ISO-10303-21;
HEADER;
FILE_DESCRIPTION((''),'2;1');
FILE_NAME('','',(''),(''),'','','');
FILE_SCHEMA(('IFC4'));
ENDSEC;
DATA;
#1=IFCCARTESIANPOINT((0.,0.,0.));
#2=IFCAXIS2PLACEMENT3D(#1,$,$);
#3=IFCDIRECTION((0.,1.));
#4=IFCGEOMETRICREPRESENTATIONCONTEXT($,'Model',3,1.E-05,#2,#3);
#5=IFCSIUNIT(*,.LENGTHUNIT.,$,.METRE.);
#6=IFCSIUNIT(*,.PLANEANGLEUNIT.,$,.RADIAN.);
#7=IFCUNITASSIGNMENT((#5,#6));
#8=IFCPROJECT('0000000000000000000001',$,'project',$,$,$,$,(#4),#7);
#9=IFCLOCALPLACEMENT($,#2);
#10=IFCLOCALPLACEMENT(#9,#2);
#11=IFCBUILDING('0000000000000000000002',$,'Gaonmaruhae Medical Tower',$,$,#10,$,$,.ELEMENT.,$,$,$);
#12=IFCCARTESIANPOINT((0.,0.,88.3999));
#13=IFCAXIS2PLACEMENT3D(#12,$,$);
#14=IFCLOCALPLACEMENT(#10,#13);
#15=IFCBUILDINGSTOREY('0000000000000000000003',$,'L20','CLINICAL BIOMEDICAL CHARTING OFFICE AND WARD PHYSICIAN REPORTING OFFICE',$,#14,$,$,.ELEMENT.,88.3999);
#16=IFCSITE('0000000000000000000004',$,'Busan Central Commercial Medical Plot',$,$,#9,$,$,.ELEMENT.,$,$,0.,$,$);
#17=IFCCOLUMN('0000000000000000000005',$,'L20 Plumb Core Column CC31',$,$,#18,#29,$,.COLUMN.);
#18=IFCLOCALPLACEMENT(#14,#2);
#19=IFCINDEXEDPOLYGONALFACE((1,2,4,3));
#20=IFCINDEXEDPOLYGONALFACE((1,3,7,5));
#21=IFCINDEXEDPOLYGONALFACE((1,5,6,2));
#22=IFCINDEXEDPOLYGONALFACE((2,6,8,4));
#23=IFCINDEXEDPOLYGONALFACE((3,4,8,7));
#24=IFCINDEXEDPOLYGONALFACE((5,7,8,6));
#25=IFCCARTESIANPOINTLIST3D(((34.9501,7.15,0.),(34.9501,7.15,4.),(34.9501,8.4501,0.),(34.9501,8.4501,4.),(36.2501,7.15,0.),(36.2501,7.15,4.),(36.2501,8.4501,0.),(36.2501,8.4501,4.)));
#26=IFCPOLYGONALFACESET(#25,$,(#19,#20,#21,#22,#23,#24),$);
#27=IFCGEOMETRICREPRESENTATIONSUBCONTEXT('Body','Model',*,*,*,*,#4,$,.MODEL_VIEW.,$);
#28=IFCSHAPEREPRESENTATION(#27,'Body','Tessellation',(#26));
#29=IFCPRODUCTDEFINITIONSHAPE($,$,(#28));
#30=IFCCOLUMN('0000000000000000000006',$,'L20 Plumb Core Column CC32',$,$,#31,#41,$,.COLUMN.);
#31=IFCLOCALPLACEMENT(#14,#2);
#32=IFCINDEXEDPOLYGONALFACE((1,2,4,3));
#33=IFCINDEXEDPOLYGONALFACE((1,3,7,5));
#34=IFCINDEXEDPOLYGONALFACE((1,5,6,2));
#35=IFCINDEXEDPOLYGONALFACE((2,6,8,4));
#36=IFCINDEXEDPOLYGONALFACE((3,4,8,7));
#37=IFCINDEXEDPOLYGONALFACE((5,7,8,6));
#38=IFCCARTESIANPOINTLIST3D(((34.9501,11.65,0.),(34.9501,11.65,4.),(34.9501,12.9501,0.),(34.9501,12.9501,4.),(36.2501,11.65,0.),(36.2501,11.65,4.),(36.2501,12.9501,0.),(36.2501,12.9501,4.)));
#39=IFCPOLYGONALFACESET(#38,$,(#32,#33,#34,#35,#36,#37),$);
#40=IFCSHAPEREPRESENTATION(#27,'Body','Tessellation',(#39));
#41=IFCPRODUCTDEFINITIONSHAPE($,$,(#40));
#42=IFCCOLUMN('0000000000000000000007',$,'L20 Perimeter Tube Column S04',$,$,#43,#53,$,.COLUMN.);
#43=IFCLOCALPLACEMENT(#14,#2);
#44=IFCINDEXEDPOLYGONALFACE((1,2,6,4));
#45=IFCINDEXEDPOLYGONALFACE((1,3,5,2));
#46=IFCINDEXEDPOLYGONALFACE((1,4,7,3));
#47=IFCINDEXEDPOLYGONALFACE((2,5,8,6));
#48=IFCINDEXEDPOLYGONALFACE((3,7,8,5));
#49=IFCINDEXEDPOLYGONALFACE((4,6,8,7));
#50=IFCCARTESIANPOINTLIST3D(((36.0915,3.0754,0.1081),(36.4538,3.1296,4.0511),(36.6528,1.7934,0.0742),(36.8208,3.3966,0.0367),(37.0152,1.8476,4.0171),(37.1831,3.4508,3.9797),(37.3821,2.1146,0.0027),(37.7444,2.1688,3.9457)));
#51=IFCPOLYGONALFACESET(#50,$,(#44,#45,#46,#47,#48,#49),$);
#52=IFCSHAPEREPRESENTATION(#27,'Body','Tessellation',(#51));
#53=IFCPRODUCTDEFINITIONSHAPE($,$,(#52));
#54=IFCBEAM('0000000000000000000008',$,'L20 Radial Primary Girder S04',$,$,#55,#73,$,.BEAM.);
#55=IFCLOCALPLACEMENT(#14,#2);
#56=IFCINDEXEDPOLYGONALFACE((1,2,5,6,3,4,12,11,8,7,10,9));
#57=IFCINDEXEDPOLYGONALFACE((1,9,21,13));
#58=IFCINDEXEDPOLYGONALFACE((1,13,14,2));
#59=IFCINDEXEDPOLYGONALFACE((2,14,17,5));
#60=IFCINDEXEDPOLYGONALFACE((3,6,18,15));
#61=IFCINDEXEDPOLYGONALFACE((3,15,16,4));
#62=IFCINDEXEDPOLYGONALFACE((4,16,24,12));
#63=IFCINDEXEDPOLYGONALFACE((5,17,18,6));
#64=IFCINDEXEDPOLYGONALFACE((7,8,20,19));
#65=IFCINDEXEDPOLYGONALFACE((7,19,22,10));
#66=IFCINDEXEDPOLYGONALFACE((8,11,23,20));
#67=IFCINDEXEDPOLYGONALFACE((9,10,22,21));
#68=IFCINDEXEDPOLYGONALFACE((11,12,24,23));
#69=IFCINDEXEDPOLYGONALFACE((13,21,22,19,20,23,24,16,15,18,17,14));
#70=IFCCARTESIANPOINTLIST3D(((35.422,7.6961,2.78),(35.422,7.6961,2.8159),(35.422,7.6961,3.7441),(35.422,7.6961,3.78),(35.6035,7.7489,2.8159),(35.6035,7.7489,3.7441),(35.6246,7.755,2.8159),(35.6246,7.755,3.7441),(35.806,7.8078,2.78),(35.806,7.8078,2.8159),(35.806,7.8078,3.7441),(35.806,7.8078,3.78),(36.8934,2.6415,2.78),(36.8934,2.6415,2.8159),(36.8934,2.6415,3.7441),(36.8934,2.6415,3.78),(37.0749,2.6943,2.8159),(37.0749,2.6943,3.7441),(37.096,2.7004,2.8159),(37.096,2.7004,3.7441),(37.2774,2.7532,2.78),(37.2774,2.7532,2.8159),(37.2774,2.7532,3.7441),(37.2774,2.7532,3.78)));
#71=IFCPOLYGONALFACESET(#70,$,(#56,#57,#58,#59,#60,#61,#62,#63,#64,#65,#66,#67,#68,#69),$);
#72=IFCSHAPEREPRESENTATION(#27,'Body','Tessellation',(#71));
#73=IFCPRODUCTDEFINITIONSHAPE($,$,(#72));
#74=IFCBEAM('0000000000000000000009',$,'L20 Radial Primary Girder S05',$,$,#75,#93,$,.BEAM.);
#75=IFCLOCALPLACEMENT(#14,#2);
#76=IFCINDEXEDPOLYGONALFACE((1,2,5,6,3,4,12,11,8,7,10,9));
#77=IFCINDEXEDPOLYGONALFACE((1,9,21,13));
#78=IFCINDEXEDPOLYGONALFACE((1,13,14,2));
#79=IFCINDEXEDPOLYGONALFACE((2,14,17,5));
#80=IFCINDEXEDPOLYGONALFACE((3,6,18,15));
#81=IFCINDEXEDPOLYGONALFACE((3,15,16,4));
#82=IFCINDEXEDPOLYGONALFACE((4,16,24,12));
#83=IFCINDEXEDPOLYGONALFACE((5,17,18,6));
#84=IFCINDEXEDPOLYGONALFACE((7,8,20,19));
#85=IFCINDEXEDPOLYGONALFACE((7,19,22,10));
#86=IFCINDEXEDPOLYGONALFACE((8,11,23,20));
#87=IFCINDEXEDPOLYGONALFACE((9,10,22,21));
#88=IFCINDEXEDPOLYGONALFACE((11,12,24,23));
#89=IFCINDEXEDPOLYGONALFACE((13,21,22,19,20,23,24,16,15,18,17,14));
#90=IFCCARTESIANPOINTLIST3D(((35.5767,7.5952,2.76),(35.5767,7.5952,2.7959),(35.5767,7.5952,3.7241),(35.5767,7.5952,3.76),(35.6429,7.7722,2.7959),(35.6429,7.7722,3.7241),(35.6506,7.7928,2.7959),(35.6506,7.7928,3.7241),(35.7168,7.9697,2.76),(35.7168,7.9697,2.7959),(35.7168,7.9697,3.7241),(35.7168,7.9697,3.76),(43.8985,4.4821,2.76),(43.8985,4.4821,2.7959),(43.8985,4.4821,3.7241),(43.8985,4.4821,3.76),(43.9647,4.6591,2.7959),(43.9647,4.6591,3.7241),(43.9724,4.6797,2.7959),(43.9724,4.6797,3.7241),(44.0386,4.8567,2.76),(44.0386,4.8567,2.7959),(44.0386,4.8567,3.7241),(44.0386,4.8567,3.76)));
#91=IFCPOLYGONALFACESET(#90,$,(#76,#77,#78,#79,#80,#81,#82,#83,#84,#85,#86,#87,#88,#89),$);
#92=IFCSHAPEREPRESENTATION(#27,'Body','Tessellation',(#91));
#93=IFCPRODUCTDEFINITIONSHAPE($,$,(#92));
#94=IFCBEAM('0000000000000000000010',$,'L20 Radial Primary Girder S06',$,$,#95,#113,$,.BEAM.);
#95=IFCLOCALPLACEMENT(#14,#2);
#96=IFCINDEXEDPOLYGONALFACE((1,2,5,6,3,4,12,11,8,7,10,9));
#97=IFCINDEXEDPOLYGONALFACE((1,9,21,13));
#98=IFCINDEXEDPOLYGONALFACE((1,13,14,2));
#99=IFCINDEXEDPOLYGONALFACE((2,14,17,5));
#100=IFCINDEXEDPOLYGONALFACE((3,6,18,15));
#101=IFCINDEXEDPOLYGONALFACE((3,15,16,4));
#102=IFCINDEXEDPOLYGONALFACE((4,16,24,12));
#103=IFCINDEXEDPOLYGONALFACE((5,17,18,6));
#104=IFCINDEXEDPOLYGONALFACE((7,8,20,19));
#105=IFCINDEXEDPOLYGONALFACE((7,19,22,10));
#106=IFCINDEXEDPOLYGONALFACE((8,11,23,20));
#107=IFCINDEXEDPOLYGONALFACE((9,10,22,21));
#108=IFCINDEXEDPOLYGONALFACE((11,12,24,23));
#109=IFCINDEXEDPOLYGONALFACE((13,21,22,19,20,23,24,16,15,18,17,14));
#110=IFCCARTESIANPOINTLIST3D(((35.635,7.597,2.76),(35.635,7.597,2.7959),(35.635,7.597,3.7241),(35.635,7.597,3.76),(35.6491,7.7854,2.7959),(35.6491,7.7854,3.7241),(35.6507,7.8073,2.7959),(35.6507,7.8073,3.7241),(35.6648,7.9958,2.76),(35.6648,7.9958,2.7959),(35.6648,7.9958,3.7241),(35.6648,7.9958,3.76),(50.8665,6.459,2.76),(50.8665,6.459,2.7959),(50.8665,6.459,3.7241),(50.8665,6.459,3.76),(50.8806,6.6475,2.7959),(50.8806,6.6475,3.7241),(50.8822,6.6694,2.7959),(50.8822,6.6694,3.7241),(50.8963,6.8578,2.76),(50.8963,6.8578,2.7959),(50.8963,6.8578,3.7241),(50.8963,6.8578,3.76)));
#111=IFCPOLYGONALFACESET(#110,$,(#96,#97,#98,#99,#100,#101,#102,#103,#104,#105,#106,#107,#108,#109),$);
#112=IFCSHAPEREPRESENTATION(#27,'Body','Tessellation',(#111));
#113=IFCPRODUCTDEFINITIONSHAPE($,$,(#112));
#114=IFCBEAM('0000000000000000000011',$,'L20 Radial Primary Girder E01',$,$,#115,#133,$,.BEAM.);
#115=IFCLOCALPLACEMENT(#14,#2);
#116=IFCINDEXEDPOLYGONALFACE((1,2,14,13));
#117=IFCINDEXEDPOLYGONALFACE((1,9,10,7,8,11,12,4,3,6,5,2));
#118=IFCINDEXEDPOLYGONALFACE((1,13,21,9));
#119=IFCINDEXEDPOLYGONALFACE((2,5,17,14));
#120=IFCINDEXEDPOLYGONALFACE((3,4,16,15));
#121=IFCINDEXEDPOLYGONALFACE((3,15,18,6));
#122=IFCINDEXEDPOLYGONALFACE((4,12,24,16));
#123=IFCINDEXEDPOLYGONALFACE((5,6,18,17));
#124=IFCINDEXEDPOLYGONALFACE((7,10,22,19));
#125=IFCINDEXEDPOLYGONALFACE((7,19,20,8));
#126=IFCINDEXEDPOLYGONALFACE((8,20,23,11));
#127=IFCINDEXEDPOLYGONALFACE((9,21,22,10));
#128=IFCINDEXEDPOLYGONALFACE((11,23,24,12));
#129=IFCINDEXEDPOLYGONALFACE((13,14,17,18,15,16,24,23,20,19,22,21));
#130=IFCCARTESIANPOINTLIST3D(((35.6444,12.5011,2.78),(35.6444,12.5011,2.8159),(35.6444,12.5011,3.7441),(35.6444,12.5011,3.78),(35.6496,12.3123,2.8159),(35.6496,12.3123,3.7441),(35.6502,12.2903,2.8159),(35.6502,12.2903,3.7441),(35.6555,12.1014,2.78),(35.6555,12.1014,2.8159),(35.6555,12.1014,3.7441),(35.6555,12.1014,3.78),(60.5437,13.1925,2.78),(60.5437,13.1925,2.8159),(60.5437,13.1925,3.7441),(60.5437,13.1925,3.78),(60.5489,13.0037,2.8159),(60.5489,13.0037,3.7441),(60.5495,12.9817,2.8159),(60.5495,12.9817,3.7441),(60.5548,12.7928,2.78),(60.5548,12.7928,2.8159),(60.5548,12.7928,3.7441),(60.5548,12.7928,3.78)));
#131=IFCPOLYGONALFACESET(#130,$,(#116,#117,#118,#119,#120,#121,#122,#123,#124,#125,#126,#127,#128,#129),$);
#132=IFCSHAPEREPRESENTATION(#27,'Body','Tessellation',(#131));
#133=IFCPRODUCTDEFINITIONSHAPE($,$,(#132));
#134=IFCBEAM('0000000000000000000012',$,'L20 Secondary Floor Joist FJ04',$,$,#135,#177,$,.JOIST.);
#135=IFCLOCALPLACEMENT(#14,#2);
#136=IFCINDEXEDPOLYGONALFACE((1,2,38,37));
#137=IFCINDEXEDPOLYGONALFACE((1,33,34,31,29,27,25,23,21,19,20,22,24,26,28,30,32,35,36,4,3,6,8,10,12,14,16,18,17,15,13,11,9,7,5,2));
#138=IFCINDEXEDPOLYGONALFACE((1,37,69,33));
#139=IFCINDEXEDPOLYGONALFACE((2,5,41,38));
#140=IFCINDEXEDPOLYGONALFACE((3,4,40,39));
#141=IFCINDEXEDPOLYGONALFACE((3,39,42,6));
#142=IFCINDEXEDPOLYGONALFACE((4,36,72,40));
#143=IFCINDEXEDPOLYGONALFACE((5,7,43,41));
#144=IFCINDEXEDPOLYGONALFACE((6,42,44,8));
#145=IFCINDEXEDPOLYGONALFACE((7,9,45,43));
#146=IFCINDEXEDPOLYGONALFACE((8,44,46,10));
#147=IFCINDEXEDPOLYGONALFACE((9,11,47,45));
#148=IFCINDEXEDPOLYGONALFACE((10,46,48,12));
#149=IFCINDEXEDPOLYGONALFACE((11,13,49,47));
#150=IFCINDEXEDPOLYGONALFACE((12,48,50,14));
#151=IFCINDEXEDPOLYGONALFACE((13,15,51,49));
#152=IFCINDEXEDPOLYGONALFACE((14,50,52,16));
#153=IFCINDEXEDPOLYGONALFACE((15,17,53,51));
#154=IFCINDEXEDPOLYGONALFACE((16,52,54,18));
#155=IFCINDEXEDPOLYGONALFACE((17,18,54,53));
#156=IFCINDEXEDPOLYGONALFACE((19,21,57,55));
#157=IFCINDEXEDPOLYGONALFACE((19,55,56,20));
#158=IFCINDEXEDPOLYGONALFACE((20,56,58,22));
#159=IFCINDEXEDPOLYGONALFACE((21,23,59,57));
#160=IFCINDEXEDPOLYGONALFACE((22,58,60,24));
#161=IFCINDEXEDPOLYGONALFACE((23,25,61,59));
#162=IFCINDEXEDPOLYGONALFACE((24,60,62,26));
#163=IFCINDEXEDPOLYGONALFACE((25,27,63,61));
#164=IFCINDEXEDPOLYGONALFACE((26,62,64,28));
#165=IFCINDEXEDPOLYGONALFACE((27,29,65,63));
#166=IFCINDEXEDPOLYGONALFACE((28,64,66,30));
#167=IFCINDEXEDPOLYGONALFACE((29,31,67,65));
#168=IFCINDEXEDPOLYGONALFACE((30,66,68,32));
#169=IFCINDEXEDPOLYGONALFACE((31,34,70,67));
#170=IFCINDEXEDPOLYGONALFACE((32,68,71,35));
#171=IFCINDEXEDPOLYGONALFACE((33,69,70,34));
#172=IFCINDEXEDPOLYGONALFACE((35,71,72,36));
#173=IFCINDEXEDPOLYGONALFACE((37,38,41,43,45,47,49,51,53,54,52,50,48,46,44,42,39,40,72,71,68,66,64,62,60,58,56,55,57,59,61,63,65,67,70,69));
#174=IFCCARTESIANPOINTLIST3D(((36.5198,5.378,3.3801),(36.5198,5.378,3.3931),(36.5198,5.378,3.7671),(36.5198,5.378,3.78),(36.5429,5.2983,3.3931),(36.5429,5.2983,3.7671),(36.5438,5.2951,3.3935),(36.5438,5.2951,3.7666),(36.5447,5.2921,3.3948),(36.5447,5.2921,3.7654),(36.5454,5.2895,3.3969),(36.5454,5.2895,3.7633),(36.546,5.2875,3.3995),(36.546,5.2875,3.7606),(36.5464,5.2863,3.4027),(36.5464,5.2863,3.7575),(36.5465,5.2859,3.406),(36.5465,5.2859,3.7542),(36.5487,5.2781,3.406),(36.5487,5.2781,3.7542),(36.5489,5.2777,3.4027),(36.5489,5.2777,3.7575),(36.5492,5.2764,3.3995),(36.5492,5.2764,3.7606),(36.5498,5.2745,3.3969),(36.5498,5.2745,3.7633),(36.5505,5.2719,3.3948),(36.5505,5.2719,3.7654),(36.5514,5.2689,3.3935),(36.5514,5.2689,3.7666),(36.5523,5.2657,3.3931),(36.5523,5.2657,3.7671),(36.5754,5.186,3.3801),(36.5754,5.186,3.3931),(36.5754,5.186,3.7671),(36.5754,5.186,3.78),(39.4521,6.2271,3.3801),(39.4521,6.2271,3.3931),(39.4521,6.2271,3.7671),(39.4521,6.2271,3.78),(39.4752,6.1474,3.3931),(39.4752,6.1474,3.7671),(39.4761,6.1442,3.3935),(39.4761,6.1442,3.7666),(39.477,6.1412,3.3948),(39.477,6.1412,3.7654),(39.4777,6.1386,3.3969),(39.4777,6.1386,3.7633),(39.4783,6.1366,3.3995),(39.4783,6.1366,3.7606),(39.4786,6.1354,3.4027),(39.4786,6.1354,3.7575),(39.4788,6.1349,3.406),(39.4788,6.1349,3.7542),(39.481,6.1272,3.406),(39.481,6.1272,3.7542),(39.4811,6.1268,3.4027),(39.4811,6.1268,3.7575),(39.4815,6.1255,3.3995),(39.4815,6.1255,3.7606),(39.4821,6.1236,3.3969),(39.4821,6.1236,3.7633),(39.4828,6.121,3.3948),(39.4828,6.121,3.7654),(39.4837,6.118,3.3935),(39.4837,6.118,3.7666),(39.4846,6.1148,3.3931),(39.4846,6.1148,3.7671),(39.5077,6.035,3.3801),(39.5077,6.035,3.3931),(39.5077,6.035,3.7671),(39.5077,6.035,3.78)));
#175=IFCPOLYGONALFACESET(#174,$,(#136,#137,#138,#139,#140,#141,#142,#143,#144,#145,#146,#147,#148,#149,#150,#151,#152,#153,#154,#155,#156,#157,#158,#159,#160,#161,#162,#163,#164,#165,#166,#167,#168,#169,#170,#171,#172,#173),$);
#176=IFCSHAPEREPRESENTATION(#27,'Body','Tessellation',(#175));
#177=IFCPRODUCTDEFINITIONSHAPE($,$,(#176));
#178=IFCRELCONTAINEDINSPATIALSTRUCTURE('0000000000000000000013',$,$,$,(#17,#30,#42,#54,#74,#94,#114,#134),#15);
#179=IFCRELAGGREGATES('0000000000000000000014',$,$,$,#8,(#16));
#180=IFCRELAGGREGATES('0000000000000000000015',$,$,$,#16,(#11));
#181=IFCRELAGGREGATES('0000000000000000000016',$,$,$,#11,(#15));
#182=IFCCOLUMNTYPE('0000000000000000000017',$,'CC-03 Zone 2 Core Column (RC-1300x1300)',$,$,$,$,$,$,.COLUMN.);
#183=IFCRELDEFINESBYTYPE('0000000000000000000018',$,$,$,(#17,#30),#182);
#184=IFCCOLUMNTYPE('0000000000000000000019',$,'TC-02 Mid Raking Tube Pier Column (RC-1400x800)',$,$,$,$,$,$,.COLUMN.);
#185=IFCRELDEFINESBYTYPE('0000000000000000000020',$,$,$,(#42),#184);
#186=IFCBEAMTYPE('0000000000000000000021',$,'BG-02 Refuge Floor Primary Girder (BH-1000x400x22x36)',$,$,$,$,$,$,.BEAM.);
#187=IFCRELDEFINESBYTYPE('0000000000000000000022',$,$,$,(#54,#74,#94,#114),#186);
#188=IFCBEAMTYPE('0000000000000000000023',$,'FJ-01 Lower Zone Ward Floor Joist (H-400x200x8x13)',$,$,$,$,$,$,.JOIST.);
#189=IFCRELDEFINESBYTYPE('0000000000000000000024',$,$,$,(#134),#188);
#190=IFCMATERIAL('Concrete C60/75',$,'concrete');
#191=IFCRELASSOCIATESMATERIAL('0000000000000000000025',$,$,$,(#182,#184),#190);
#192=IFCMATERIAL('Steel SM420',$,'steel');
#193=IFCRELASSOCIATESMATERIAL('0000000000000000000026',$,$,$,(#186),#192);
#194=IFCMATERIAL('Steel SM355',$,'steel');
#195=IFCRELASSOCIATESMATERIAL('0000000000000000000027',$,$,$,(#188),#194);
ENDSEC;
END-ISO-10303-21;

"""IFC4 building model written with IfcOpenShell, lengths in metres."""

from ifc_helpers import new_model, si_unit, direction, frame, origin, origin_2d, place, context, subcontext, project, spatial, rectangle, i_section, extrude, material, material_profile, profile_set, type_object, element, save


model = new_model("IFC4")

# Units and contexts
model_context = context("Model", 3, precision=1e-05, world=origin(), true_north=direction((0.0, 1.0)))
body_context = subcontext(model_context, "Body", "Model", "MODEL_VIEW")
ifc_project = project(units=[si_unit("LENGTHUNIT", "METRE"), si_unit("PLANEANGLEUNIT", "RADIAN")], contexts=[model_context])

# Site, building, storey
site_placement = place(None, origin())
site = spatial("IfcSite", under=ifc_project, at=site_placement, Name="Busan Central Commercial Medical Plot", CompositionType="ELEMENT", RefElevation=0.0)
building_placement = place(site_placement, origin())
building = spatial("IfcBuilding", under=site, at=building_placement, Name="Gaonmaruhae Medical Tower", CompositionType="ELEMENT")
storey_placement = place(building_placement, frame((0.0, 0.0, 88.3999)))
storey = spatial("IfcBuildingStorey", under=building, at=storey_placement, Name="L20", Description="CLINICAL BIOMEDICAL CHARTING OFFICE AND WARD PHYSICIAN REPORTING OFFICE", CompositionType="ELEMENT", Elevation=88.3999)

# Columns
ifc_material_1 = material(Name="Concrete C60/75", Category="concrete")
ifc_material_profile_1 = material_profile(ifc_material_1, rectangle(XDim=1.3, YDim=1.3, at=origin_2d()), Name="RC-1300x1300")
ifc_profile_set_1 = profile_set([ifc_material_profile_1], Name="Concrete C60/75")
column_type_1 = type_object("IfcColumnType", Name="CC-03 Zone 2 Core Column (RC-1300x1300)", PredefinedType="COLUMN", material=ifc_profile_set_1)
for number, where, z_axis, x_axis, name in (
    (1, (35.6001, 7.8, 0.0), (0.0, 0.0, 1.0), (1.0, 0.0, 0.0), "L20 Plumb Core Column CC31"),
    (2, (35.6001, 12.3, 0.0), (0.0, 0.0, 1.0), (1.0, 0.0, 0.0), "L20 Plumb Core Column CC32"),
):
    element("IfcColumn", number, at=place(storey_placement, frame(where, z_axis=z_axis, x_axis=x_axis)), inside=storey, type_object=column_type_1, Name=name, PredefinedType="COLUMN", context=body_context, shape_type="SweptSolid", body=[
        extrude(rectangle(XDim=1.3, YDim=1.3, at=origin_2d()), origin(), (0.0, 0.0, 1.0), 4.0),
    ])
ifc_material_profile_2 = material_profile(ifc_material_1, rectangle(XDim=1.3999, YDim=0.8, at=origin_2d()), Name="RC-1400x800")
ifc_profile_set_2 = profile_set([ifc_material_profile_2], Name="Concrete C60/75")
column_type_2 = type_object("IfcColumnType", Name="TC-02 Mid Raking Tube Pier Column (RC-1400x800)", PredefinedType="COLUMN", material=ifc_profile_set_2)
column_placement = place(storey_placement, frame((36.7368, 2.595, 0.0554), z_axis=(0.091494, 0.013687, 0.995712), x_axis=(-0.400965, 0.915772, 0.024256)))
element("IfcColumn", 3, at=column_placement, inside=storey, type_object=column_type_2, Name="L20 Perimeter Tube Column S04", PredefinedType="COLUMN", context=body_context, shape_type="SweptSolid", body=[
    extrude(rectangle(XDim=1.3999, YDim=0.8, at=origin_2d()), origin(), (0.0, 0.0, 1.0), 3.96),
])

# Beams
ifc_material_2 = material(Name="Steel SM420", Category="steel")
ifc_material_profile_3 = material_profile(ifc_material_2, i_section(OverallWidth=0.3999, OverallDepth=1.0, WebThickness=0.022, FlangeThickness=0.0359, at=origin_2d()), Name="BH-1000x400x22x36")
ifc_profile_set_3 = profile_set([ifc_material_profile_3], Name="Steel SM420")
beam_type_1 = type_object("IfcBeamType", Name="BG-02 Refuge Floor Primary Girder (BH-1000x400x22x36)", PredefinedType="BEAM", material=ifc_profile_set_3)
beam_1_placement = place(storey_placement, frame((35.614, 7.752, 3.28), z_axis=(0.279501, -0.960145, 0.0), x_axis=(0.960145, 0.279501, 0.0)))
element("IfcBeam", 4, at=beam_1_placement, inside=storey, type_object=beam_type_1, Name="L20 Radial Primary Girder S04", PredefinedType="BEAM", context=body_context, shape_type="SweptSolid", body=[
    extrude(i_section(OverallWidth=0.3999, OverallDepth=1.0, WebThickness=0.022, FlangeThickness=0.0359, at=origin_2d()), origin(), (0.0, 0.0, 1.0), 5.2644),
])
beam_2_placement = place(storey_placement, frame((35.6467, 7.7825, 3.26), z_axis=(0.936611, -0.350371, 0.0), x_axis=(0.350371, 0.936611, 0.0)))
element("IfcBeam", 5, at=beam_2_placement, inside=storey, type_object=beam_type_1, Name="L20 Radial Primary Girder S05", PredefinedType="BEAM", context=body_context, shape_type="SweptSolid", body=[
    extrude(i_section(OverallWidth=0.3999, OverallDepth=1.0, WebThickness=0.022, FlangeThickness=0.0359, at=origin_2d()), origin(), (0.0, 0.0, 1.0), 8.885),
])
beam_3_placement = place(storey_placement, frame((35.6499, 7.7964, 3.26), z_axis=(0.997221, -0.074502, 0.0), x_axis=(0.074502, 0.997221, 0.0)))
element("IfcBeam", 6, at=beam_3_placement, inside=storey, type_object=beam_type_1, Name="L20 Radial Primary Girder S06", PredefinedType="BEAM", context=body_context, shape_type="SweptSolid", body=[
    extrude(i_section(OverallWidth=0.3999, OverallDepth=1.0, WebThickness=0.022, FlangeThickness=0.0359, at=origin_2d()), origin(), (0.0, 0.0, 1.0), 15.2739),
])
beam_4_placement = place(storey_placement, frame((35.6499, 12.3013, 3.28), z_axis=(0.999615, 0.027757, 0.0), x_axis=(-0.027757, 0.999615, 0.0)))
element("IfcBeam", 7, at=beam_4_placement, inside=storey, type_object=beam_type_1, Name="L20 Radial Primary Girder E01", PredefinedType="BEAM", context=body_context, shape_type="SweptSolid", body=[
    extrude(i_section(OverallWidth=0.3999, OverallDepth=1.0, WebThickness=0.022, FlangeThickness=0.0359, at=origin_2d()), origin(), (0.0, 0.0, 1.0), 24.9089),
])
ifc_material_3 = material(Name="Steel SM355", Category="steel")
ifc_material_profile_4 = material_profile(ifc_material_3, i_section(OverallWidth=0.2, OverallDepth=0.3999, WebThickness=0.0081, FlangeThickness=0.0129, FilletRadius=0.0129, at=origin_2d()), Name="H-400x200x8x13")
ifc_profile_set_4 = profile_set([ifc_material_profile_4], Name="Steel SM355")
beam_type_2 = type_object("IfcBeamType", Name="FJ-01 Lower Zone Ward Floor Joist (H-400x200x8x13)", PredefinedType="JOIST", material=ifc_profile_set_4)
beam_5_placement = place(storey_placement, frame((36.5476, 5.282, 3.5801), z_axis=(0.96054, 0.278142, 0.0), x_axis=(-0.278142, 0.96054, 0.0)))
element("IfcBeam", 8, at=beam_5_placement, inside=storey, type_object=beam_type_2, Name="L20 Secondary Floor Joist FJ04", PredefinedType="JOIST", context=body_context, shape_type="SweptSolid", body=[
    extrude(i_section(OverallWidth=0.2, OverallDepth=0.3999, WebThickness=0.0081, FlangeThickness=0.0129, FilletRadius=0.0129, at=origin_2d()), origin(), (0.0, 0.0, 1.0), 3.0527),
])

save(model, "model.ifc")
